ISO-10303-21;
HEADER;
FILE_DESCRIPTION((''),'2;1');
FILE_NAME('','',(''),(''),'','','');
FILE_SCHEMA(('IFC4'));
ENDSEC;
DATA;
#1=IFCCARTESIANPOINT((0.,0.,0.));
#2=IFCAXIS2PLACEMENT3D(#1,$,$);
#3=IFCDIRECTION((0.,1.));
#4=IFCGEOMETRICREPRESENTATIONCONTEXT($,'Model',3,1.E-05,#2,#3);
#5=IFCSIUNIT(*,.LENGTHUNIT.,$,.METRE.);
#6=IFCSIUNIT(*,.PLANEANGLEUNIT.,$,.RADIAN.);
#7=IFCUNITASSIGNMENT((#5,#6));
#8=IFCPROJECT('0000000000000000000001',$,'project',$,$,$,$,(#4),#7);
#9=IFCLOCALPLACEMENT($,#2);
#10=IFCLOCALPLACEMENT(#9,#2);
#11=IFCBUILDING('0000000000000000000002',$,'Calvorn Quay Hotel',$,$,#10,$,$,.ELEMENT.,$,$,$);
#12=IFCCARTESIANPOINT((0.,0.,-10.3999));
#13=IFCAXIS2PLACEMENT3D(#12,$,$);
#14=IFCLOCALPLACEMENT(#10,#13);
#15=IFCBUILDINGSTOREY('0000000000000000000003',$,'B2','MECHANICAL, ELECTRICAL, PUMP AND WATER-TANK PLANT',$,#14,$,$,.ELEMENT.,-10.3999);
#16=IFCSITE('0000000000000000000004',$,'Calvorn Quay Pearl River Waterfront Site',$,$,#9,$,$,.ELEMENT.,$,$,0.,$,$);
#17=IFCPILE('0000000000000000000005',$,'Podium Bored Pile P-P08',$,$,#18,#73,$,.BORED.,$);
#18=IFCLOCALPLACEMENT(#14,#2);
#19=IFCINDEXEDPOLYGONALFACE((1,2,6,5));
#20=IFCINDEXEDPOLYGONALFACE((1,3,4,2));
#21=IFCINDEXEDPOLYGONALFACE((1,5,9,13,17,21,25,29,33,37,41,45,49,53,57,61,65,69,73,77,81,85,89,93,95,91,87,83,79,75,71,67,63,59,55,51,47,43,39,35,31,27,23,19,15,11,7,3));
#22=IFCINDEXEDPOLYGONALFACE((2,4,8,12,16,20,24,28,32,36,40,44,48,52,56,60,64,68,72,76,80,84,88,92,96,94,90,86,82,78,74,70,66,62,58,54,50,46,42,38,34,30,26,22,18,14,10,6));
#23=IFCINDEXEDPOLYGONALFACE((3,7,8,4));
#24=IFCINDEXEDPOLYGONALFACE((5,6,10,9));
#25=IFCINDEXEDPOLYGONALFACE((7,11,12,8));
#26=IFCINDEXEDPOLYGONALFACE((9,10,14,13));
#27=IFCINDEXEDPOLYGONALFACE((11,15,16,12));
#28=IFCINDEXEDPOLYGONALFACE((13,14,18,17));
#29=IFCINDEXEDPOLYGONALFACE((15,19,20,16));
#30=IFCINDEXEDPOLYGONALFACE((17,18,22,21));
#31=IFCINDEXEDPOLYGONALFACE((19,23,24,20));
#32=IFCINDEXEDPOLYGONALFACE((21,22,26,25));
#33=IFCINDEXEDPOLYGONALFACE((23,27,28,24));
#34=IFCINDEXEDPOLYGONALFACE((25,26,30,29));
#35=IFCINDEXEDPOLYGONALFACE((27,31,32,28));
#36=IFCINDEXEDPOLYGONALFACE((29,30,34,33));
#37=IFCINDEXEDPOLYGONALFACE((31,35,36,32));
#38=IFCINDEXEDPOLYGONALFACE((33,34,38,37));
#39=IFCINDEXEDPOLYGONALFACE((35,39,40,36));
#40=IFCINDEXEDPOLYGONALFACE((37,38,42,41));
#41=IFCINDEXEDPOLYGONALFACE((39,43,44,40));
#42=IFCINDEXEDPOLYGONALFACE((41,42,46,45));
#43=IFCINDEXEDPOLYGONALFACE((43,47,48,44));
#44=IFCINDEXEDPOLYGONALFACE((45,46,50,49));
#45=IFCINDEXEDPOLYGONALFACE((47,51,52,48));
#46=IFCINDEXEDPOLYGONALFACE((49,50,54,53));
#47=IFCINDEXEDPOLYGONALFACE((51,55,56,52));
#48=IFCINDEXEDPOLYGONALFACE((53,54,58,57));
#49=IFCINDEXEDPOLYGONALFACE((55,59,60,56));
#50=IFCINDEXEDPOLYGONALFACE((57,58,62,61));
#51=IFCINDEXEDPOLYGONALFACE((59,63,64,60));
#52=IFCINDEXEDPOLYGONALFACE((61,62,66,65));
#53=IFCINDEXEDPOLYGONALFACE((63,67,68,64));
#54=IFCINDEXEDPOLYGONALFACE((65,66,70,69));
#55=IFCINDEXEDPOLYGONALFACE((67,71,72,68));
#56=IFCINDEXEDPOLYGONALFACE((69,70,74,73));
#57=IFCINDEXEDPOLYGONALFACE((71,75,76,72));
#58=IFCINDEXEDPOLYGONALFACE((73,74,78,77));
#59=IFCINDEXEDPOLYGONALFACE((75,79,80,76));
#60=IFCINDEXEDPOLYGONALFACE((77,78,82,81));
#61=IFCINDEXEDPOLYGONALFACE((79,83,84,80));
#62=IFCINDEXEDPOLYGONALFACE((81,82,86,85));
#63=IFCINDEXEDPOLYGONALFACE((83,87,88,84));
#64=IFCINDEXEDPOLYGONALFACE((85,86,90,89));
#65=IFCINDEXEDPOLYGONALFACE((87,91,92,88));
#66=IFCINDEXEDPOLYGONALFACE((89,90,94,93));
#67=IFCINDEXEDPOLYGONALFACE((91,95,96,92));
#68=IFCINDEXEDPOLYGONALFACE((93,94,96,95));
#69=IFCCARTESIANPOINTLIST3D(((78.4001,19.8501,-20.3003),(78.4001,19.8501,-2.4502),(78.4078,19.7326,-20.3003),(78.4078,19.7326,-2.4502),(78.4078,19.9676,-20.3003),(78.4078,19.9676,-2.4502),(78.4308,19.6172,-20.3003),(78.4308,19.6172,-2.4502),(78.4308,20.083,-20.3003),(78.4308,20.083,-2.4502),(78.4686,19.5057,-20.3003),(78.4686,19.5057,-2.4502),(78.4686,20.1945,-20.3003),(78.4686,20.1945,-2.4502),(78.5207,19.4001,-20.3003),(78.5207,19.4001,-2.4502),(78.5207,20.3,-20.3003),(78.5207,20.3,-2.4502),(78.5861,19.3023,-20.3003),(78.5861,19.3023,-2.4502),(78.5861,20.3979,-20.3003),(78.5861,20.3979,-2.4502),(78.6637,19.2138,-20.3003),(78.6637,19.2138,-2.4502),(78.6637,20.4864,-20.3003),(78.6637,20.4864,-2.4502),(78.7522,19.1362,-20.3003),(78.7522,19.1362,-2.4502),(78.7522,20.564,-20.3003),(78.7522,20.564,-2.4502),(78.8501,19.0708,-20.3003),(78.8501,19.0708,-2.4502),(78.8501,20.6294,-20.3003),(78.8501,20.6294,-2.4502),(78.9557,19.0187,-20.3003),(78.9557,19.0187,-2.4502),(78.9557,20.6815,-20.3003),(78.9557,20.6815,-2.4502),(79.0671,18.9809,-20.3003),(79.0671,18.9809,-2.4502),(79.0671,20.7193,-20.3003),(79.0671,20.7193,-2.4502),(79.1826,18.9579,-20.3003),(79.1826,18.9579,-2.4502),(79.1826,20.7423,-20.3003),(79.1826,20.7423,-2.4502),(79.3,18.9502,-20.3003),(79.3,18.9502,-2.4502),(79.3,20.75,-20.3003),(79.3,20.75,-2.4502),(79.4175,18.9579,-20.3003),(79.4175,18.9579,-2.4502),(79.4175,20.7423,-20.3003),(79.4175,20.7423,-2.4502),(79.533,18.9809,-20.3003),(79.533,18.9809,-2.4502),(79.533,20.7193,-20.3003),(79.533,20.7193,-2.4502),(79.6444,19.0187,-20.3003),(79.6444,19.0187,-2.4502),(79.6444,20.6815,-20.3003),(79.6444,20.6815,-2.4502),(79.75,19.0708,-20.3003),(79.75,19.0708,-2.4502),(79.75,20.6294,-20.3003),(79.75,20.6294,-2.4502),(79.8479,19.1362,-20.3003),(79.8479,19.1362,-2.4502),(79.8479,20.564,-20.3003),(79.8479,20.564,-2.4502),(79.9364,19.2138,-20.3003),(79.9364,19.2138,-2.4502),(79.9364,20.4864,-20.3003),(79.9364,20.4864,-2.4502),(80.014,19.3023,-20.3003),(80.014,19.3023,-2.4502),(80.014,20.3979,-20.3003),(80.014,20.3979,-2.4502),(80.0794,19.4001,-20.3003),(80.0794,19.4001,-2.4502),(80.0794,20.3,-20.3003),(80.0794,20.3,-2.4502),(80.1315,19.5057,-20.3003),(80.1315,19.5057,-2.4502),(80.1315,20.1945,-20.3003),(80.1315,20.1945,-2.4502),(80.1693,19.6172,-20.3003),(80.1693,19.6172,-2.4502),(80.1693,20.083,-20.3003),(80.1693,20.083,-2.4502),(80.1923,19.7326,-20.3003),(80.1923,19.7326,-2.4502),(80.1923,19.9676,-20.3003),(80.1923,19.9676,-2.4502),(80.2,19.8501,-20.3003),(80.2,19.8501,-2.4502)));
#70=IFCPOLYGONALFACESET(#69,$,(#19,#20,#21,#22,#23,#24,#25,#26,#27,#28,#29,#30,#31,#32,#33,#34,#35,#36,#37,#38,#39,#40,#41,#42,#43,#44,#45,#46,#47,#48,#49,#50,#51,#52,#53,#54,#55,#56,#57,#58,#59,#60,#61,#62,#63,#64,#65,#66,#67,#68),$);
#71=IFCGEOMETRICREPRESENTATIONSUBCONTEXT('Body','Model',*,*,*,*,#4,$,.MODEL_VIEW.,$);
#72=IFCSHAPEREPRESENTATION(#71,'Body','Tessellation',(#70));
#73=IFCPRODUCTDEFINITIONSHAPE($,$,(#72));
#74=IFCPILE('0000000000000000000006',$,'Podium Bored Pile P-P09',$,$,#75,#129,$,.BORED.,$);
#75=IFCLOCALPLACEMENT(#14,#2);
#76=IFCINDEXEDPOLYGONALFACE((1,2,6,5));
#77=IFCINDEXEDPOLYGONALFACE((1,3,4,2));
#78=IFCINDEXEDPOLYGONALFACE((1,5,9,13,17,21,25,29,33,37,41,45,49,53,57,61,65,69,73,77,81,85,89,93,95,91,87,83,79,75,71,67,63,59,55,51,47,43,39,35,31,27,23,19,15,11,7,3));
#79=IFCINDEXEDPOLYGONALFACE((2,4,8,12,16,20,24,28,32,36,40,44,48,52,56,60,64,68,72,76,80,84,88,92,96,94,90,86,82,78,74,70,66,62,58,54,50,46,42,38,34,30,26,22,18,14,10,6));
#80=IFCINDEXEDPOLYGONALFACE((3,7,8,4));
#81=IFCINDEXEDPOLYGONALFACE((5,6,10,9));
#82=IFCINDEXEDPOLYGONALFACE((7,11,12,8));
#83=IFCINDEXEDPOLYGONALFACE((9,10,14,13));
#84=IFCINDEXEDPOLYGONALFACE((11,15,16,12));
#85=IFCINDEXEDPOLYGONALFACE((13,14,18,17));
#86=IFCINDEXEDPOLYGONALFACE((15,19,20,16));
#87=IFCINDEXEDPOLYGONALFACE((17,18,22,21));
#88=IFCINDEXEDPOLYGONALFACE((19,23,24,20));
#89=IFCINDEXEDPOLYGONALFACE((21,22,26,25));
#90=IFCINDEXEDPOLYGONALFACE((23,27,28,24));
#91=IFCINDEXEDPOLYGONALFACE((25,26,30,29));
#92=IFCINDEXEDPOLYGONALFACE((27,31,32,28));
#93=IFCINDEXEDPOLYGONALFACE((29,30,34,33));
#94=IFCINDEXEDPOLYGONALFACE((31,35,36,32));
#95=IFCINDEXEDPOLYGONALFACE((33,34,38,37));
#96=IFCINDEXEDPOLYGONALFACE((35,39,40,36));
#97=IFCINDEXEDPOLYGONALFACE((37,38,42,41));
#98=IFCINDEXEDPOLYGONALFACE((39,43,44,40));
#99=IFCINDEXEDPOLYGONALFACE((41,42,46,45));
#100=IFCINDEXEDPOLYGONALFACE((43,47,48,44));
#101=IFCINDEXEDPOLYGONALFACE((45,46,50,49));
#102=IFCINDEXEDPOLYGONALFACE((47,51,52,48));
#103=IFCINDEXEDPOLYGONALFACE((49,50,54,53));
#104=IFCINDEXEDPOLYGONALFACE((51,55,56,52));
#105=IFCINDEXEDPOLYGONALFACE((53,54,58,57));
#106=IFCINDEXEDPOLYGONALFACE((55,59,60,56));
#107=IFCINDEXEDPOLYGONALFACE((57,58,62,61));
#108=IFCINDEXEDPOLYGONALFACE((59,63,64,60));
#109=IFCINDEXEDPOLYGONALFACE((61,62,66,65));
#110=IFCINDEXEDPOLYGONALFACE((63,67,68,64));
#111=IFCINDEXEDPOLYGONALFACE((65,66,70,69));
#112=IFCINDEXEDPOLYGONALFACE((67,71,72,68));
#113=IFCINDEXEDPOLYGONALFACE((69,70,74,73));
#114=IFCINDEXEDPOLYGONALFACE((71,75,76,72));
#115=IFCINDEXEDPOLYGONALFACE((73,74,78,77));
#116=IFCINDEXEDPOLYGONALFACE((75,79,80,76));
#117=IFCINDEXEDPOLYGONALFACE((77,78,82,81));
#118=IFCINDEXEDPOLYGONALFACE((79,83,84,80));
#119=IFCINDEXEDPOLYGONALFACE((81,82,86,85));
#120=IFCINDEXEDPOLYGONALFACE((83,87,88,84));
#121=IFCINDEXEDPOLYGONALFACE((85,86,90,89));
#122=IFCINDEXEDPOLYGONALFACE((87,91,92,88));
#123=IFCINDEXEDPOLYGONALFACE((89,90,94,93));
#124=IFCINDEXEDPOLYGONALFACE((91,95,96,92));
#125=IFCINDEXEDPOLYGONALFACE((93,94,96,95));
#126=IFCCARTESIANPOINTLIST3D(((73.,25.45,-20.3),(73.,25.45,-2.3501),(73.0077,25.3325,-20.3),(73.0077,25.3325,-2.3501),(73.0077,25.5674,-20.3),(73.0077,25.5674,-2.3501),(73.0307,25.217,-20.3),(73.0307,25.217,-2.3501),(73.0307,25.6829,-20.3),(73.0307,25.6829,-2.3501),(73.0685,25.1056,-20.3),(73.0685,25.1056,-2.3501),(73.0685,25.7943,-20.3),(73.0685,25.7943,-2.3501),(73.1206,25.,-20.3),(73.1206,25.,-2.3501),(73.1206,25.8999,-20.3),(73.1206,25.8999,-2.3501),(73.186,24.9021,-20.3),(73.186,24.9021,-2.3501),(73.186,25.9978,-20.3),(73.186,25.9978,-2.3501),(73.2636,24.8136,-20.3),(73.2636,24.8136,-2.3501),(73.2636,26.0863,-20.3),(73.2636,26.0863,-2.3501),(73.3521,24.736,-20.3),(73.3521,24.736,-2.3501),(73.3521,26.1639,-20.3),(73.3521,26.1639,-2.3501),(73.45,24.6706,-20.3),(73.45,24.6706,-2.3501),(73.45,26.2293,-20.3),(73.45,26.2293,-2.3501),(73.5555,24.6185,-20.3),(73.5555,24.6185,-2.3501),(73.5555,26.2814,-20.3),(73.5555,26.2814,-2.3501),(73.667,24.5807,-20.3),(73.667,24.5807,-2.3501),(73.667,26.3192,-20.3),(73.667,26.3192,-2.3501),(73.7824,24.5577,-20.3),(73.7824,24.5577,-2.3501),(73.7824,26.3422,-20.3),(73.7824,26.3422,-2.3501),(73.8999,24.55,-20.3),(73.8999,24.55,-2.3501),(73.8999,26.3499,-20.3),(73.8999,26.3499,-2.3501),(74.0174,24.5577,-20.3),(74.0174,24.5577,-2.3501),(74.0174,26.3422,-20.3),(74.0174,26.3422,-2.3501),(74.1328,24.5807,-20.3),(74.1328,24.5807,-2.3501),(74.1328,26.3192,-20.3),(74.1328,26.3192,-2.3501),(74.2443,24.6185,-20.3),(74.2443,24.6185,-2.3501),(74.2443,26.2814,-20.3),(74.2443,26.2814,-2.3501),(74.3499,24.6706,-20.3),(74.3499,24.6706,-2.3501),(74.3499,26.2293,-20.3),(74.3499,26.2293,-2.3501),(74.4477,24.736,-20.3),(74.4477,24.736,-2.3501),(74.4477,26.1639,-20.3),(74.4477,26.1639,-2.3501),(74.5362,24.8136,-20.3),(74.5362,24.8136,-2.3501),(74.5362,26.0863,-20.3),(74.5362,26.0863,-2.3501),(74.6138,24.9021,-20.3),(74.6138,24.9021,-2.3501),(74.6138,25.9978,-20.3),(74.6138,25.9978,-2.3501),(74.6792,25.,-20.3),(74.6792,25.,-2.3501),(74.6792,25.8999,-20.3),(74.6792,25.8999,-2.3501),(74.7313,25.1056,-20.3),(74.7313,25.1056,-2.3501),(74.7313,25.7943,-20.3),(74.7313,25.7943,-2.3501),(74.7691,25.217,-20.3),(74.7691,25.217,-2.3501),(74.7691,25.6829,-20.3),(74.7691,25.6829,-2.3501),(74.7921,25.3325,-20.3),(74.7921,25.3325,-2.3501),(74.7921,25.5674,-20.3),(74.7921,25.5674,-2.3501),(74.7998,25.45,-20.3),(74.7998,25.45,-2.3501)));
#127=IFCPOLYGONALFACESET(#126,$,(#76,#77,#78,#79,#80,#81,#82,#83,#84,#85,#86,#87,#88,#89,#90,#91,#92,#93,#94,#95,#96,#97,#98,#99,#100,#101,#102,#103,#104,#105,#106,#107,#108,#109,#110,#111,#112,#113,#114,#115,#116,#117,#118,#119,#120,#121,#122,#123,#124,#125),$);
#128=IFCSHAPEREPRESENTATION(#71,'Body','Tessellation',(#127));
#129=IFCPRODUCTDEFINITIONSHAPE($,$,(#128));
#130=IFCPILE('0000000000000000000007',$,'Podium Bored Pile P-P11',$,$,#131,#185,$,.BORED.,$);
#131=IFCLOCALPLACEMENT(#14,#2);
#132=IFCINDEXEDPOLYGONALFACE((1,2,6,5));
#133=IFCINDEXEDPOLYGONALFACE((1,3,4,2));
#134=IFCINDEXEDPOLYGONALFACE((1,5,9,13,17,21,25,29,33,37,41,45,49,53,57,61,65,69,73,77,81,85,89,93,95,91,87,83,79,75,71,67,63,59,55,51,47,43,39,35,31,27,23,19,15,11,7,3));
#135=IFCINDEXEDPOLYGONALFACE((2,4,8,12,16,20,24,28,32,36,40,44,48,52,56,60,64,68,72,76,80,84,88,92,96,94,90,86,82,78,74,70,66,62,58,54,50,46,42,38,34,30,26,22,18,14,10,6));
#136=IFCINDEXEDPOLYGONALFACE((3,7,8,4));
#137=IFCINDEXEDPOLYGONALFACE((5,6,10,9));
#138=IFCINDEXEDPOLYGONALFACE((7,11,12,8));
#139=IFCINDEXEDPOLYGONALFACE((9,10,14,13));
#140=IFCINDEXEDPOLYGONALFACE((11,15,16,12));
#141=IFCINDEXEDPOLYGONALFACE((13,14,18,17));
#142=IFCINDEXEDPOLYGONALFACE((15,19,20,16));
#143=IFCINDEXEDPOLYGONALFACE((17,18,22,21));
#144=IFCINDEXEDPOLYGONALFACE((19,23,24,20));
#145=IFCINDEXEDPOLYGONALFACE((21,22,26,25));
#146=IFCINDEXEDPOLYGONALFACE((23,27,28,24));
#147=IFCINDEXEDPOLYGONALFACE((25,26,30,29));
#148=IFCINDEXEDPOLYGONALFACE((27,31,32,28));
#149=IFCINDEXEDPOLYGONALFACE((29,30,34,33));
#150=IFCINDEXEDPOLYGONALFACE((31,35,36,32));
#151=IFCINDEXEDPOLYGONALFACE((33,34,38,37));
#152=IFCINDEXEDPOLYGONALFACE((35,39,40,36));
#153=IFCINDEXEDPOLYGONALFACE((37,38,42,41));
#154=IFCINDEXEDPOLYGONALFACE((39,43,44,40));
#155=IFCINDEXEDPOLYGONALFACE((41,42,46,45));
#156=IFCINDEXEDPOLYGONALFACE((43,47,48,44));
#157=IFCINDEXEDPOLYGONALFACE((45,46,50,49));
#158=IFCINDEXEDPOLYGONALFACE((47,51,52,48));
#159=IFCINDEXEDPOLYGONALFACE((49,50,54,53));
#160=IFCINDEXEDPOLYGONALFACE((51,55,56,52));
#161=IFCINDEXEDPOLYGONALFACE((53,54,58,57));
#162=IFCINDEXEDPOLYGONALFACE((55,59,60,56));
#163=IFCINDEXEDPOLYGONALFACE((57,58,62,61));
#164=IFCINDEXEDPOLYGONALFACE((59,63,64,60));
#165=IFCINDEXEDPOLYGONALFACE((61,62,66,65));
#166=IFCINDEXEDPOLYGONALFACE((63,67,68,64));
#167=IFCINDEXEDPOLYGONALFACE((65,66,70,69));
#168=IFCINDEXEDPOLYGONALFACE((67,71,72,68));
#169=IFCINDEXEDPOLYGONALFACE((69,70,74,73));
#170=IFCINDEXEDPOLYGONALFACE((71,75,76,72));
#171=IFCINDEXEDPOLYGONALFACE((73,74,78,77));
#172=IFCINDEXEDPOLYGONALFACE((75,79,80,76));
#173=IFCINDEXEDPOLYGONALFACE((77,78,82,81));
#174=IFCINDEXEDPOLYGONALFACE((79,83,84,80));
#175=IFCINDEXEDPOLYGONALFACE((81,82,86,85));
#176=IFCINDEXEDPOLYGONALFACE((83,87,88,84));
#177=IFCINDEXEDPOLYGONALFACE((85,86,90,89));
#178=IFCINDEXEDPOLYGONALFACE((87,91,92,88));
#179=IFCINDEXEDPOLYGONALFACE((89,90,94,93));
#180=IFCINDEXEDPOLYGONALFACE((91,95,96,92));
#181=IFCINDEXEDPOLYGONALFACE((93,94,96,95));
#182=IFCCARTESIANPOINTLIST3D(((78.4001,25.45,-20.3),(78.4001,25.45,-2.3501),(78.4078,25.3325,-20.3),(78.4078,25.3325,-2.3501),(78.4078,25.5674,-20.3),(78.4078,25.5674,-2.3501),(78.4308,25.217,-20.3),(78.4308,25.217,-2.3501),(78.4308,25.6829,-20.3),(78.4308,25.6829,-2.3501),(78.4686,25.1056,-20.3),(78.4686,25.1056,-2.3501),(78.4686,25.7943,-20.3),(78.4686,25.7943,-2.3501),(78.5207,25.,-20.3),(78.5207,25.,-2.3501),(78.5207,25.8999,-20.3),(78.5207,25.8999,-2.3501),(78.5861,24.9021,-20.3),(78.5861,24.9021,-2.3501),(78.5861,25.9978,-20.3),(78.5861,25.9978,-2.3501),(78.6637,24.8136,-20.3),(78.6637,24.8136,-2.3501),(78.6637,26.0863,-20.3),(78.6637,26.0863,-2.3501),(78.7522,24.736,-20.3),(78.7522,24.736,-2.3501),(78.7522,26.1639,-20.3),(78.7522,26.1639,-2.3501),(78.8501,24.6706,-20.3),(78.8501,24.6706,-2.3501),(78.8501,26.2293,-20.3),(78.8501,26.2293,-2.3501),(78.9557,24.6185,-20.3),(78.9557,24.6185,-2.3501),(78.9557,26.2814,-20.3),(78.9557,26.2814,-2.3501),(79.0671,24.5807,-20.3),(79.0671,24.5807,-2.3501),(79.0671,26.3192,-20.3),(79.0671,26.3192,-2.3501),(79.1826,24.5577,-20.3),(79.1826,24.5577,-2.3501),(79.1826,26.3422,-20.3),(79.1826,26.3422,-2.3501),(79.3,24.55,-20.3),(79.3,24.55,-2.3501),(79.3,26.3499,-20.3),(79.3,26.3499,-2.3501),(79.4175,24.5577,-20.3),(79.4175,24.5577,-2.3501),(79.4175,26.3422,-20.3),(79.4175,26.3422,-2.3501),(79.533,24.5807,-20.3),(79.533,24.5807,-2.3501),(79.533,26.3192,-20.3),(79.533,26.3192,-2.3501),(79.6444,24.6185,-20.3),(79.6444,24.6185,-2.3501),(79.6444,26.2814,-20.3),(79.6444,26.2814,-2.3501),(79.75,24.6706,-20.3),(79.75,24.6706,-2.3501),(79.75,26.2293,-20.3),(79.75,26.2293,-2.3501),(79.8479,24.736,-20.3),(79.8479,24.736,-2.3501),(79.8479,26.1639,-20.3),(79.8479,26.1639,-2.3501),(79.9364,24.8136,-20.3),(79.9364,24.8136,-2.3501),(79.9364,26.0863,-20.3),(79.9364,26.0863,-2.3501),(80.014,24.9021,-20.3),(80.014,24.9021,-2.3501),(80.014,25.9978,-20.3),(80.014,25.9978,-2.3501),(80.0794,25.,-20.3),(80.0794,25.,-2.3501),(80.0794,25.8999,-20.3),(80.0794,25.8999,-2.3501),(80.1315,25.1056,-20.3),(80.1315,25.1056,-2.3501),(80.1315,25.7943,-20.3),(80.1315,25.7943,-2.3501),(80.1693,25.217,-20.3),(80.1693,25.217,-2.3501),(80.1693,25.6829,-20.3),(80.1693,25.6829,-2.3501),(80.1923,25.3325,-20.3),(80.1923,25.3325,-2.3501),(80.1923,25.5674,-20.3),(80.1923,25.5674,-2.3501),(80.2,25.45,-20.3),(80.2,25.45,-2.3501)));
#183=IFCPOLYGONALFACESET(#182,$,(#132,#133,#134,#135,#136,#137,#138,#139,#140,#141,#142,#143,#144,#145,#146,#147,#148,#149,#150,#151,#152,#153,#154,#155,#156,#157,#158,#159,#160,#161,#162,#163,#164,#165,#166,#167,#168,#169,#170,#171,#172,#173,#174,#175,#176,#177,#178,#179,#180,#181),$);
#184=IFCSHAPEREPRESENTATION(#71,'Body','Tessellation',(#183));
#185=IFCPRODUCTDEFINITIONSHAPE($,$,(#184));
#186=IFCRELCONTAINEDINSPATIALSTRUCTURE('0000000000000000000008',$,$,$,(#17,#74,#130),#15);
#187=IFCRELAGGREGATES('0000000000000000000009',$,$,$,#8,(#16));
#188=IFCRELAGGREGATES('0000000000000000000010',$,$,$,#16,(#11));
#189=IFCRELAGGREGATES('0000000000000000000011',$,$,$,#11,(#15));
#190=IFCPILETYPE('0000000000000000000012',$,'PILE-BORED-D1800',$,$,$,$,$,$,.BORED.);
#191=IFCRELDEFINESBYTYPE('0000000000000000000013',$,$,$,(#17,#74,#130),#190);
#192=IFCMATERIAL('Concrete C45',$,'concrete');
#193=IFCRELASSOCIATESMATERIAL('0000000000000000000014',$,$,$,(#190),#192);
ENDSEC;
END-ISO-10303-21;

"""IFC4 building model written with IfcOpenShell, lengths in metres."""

from ifc_helpers import new_model, si_unit, direction, frame, origin, origin_2d, place, context, subcontext, project, spatial, circle, extrude, material, material_profile, profile_set, type_object, element, save


model = new_model("IFC4")

# Units and contexts
model_context = context("Model", 3, precision=1e-05, world=origin(), true_north=direction((0.0, 1.0)))
body_context = subcontext(model_context, "Body", "Model", "MODEL_VIEW")
ifc_project = project(units=[si_unit("LENGTHUNIT", "METRE"), si_unit("PLANEANGLEUNIT", "RADIAN")], contexts=[model_context])

# Site, building, storey
site_placement = place(None, origin())
site = spatial("IfcSite", under=ifc_project, at=site_placement, Name="Calvorn Quay Pearl River Waterfront Site", CompositionType="ELEMENT", RefElevation=0.0)
building_placement = place(site_placement, origin())
building = spatial("IfcBuilding", under=site, at=building_placement, Name="Calvorn Quay Hotel", CompositionType="ELEMENT")
storey_placement = place(building_placement, frame((0.0, 0.0, -10.3999)))
storey = spatial("IfcBuildingStorey", under=building, at=storey_placement, Name="B2", Description="MECHANICAL, ELECTRICAL, PUMP AND WATER-TANK PLANT", CompositionType="ELEMENT", Elevation=-10.3999)

# Piles
ifc_material_1 = material(Name="Concrete C45", Category="concrete")
ifc_material_profile_1 = material_profile(ifc_material_1, circle(Radius=0.8999, at=origin_2d()), Name="PILE-D1800")
ifc_profile_set_1 = profile_set([ifc_material_profile_1], Name="Concrete C45")
pile_type = type_object("IfcPileType", Name="PILE-BORED-D1800", PredefinedType="BORED", material=ifc_profile_set_1)
for number, where, z_axis, x_axis, name in (
    (1, (79.3, 19.8501, -2.4502), (0.0, 0.0, -1.0), (1.0, 0.0, 0.0), "Podium Bored Pile P-P08"),
):
    element("IfcPile", number, at=place(storey_placement, frame(where, z_axis=z_axis, x_axis=x_axis)), inside=storey, type_object=pile_type, Name=name, PredefinedType="BORED", context=body_context, shape_type="SweptSolid", body=[
        extrude(circle(Radius=0.8999, at=origin_2d()), origin(), (0.0, 0.0, 1.0), 17.8501),
    ])
for number, where, z_axis, x_axis, name in (
    (2, (73.8999, 25.45, -2.3501), (0.0, 0.0, -1.0), (1.0, 0.0, 0.0), "Podium Bored Pile P-P09"),
    (3, (79.3, 25.45, -2.3501), (0.0, 0.0, -1.0), (1.0, 0.0, 0.0), "Podium Bored Pile P-P11"),
):
    element("IfcPile", number, at=place(storey_placement, frame(where, z_axis=z_axis, x_axis=x_axis)), inside=storey, type_object=pile_type, Name=name, PredefinedType="BORED", context=body_context, shape_type="SweptSolid", body=[
        extrude(circle(Radius=0.8999, at=origin_2d()), origin(), (0.0, 0.0, 1.0), 17.95),
    ])

save(model, "model.ifc")
